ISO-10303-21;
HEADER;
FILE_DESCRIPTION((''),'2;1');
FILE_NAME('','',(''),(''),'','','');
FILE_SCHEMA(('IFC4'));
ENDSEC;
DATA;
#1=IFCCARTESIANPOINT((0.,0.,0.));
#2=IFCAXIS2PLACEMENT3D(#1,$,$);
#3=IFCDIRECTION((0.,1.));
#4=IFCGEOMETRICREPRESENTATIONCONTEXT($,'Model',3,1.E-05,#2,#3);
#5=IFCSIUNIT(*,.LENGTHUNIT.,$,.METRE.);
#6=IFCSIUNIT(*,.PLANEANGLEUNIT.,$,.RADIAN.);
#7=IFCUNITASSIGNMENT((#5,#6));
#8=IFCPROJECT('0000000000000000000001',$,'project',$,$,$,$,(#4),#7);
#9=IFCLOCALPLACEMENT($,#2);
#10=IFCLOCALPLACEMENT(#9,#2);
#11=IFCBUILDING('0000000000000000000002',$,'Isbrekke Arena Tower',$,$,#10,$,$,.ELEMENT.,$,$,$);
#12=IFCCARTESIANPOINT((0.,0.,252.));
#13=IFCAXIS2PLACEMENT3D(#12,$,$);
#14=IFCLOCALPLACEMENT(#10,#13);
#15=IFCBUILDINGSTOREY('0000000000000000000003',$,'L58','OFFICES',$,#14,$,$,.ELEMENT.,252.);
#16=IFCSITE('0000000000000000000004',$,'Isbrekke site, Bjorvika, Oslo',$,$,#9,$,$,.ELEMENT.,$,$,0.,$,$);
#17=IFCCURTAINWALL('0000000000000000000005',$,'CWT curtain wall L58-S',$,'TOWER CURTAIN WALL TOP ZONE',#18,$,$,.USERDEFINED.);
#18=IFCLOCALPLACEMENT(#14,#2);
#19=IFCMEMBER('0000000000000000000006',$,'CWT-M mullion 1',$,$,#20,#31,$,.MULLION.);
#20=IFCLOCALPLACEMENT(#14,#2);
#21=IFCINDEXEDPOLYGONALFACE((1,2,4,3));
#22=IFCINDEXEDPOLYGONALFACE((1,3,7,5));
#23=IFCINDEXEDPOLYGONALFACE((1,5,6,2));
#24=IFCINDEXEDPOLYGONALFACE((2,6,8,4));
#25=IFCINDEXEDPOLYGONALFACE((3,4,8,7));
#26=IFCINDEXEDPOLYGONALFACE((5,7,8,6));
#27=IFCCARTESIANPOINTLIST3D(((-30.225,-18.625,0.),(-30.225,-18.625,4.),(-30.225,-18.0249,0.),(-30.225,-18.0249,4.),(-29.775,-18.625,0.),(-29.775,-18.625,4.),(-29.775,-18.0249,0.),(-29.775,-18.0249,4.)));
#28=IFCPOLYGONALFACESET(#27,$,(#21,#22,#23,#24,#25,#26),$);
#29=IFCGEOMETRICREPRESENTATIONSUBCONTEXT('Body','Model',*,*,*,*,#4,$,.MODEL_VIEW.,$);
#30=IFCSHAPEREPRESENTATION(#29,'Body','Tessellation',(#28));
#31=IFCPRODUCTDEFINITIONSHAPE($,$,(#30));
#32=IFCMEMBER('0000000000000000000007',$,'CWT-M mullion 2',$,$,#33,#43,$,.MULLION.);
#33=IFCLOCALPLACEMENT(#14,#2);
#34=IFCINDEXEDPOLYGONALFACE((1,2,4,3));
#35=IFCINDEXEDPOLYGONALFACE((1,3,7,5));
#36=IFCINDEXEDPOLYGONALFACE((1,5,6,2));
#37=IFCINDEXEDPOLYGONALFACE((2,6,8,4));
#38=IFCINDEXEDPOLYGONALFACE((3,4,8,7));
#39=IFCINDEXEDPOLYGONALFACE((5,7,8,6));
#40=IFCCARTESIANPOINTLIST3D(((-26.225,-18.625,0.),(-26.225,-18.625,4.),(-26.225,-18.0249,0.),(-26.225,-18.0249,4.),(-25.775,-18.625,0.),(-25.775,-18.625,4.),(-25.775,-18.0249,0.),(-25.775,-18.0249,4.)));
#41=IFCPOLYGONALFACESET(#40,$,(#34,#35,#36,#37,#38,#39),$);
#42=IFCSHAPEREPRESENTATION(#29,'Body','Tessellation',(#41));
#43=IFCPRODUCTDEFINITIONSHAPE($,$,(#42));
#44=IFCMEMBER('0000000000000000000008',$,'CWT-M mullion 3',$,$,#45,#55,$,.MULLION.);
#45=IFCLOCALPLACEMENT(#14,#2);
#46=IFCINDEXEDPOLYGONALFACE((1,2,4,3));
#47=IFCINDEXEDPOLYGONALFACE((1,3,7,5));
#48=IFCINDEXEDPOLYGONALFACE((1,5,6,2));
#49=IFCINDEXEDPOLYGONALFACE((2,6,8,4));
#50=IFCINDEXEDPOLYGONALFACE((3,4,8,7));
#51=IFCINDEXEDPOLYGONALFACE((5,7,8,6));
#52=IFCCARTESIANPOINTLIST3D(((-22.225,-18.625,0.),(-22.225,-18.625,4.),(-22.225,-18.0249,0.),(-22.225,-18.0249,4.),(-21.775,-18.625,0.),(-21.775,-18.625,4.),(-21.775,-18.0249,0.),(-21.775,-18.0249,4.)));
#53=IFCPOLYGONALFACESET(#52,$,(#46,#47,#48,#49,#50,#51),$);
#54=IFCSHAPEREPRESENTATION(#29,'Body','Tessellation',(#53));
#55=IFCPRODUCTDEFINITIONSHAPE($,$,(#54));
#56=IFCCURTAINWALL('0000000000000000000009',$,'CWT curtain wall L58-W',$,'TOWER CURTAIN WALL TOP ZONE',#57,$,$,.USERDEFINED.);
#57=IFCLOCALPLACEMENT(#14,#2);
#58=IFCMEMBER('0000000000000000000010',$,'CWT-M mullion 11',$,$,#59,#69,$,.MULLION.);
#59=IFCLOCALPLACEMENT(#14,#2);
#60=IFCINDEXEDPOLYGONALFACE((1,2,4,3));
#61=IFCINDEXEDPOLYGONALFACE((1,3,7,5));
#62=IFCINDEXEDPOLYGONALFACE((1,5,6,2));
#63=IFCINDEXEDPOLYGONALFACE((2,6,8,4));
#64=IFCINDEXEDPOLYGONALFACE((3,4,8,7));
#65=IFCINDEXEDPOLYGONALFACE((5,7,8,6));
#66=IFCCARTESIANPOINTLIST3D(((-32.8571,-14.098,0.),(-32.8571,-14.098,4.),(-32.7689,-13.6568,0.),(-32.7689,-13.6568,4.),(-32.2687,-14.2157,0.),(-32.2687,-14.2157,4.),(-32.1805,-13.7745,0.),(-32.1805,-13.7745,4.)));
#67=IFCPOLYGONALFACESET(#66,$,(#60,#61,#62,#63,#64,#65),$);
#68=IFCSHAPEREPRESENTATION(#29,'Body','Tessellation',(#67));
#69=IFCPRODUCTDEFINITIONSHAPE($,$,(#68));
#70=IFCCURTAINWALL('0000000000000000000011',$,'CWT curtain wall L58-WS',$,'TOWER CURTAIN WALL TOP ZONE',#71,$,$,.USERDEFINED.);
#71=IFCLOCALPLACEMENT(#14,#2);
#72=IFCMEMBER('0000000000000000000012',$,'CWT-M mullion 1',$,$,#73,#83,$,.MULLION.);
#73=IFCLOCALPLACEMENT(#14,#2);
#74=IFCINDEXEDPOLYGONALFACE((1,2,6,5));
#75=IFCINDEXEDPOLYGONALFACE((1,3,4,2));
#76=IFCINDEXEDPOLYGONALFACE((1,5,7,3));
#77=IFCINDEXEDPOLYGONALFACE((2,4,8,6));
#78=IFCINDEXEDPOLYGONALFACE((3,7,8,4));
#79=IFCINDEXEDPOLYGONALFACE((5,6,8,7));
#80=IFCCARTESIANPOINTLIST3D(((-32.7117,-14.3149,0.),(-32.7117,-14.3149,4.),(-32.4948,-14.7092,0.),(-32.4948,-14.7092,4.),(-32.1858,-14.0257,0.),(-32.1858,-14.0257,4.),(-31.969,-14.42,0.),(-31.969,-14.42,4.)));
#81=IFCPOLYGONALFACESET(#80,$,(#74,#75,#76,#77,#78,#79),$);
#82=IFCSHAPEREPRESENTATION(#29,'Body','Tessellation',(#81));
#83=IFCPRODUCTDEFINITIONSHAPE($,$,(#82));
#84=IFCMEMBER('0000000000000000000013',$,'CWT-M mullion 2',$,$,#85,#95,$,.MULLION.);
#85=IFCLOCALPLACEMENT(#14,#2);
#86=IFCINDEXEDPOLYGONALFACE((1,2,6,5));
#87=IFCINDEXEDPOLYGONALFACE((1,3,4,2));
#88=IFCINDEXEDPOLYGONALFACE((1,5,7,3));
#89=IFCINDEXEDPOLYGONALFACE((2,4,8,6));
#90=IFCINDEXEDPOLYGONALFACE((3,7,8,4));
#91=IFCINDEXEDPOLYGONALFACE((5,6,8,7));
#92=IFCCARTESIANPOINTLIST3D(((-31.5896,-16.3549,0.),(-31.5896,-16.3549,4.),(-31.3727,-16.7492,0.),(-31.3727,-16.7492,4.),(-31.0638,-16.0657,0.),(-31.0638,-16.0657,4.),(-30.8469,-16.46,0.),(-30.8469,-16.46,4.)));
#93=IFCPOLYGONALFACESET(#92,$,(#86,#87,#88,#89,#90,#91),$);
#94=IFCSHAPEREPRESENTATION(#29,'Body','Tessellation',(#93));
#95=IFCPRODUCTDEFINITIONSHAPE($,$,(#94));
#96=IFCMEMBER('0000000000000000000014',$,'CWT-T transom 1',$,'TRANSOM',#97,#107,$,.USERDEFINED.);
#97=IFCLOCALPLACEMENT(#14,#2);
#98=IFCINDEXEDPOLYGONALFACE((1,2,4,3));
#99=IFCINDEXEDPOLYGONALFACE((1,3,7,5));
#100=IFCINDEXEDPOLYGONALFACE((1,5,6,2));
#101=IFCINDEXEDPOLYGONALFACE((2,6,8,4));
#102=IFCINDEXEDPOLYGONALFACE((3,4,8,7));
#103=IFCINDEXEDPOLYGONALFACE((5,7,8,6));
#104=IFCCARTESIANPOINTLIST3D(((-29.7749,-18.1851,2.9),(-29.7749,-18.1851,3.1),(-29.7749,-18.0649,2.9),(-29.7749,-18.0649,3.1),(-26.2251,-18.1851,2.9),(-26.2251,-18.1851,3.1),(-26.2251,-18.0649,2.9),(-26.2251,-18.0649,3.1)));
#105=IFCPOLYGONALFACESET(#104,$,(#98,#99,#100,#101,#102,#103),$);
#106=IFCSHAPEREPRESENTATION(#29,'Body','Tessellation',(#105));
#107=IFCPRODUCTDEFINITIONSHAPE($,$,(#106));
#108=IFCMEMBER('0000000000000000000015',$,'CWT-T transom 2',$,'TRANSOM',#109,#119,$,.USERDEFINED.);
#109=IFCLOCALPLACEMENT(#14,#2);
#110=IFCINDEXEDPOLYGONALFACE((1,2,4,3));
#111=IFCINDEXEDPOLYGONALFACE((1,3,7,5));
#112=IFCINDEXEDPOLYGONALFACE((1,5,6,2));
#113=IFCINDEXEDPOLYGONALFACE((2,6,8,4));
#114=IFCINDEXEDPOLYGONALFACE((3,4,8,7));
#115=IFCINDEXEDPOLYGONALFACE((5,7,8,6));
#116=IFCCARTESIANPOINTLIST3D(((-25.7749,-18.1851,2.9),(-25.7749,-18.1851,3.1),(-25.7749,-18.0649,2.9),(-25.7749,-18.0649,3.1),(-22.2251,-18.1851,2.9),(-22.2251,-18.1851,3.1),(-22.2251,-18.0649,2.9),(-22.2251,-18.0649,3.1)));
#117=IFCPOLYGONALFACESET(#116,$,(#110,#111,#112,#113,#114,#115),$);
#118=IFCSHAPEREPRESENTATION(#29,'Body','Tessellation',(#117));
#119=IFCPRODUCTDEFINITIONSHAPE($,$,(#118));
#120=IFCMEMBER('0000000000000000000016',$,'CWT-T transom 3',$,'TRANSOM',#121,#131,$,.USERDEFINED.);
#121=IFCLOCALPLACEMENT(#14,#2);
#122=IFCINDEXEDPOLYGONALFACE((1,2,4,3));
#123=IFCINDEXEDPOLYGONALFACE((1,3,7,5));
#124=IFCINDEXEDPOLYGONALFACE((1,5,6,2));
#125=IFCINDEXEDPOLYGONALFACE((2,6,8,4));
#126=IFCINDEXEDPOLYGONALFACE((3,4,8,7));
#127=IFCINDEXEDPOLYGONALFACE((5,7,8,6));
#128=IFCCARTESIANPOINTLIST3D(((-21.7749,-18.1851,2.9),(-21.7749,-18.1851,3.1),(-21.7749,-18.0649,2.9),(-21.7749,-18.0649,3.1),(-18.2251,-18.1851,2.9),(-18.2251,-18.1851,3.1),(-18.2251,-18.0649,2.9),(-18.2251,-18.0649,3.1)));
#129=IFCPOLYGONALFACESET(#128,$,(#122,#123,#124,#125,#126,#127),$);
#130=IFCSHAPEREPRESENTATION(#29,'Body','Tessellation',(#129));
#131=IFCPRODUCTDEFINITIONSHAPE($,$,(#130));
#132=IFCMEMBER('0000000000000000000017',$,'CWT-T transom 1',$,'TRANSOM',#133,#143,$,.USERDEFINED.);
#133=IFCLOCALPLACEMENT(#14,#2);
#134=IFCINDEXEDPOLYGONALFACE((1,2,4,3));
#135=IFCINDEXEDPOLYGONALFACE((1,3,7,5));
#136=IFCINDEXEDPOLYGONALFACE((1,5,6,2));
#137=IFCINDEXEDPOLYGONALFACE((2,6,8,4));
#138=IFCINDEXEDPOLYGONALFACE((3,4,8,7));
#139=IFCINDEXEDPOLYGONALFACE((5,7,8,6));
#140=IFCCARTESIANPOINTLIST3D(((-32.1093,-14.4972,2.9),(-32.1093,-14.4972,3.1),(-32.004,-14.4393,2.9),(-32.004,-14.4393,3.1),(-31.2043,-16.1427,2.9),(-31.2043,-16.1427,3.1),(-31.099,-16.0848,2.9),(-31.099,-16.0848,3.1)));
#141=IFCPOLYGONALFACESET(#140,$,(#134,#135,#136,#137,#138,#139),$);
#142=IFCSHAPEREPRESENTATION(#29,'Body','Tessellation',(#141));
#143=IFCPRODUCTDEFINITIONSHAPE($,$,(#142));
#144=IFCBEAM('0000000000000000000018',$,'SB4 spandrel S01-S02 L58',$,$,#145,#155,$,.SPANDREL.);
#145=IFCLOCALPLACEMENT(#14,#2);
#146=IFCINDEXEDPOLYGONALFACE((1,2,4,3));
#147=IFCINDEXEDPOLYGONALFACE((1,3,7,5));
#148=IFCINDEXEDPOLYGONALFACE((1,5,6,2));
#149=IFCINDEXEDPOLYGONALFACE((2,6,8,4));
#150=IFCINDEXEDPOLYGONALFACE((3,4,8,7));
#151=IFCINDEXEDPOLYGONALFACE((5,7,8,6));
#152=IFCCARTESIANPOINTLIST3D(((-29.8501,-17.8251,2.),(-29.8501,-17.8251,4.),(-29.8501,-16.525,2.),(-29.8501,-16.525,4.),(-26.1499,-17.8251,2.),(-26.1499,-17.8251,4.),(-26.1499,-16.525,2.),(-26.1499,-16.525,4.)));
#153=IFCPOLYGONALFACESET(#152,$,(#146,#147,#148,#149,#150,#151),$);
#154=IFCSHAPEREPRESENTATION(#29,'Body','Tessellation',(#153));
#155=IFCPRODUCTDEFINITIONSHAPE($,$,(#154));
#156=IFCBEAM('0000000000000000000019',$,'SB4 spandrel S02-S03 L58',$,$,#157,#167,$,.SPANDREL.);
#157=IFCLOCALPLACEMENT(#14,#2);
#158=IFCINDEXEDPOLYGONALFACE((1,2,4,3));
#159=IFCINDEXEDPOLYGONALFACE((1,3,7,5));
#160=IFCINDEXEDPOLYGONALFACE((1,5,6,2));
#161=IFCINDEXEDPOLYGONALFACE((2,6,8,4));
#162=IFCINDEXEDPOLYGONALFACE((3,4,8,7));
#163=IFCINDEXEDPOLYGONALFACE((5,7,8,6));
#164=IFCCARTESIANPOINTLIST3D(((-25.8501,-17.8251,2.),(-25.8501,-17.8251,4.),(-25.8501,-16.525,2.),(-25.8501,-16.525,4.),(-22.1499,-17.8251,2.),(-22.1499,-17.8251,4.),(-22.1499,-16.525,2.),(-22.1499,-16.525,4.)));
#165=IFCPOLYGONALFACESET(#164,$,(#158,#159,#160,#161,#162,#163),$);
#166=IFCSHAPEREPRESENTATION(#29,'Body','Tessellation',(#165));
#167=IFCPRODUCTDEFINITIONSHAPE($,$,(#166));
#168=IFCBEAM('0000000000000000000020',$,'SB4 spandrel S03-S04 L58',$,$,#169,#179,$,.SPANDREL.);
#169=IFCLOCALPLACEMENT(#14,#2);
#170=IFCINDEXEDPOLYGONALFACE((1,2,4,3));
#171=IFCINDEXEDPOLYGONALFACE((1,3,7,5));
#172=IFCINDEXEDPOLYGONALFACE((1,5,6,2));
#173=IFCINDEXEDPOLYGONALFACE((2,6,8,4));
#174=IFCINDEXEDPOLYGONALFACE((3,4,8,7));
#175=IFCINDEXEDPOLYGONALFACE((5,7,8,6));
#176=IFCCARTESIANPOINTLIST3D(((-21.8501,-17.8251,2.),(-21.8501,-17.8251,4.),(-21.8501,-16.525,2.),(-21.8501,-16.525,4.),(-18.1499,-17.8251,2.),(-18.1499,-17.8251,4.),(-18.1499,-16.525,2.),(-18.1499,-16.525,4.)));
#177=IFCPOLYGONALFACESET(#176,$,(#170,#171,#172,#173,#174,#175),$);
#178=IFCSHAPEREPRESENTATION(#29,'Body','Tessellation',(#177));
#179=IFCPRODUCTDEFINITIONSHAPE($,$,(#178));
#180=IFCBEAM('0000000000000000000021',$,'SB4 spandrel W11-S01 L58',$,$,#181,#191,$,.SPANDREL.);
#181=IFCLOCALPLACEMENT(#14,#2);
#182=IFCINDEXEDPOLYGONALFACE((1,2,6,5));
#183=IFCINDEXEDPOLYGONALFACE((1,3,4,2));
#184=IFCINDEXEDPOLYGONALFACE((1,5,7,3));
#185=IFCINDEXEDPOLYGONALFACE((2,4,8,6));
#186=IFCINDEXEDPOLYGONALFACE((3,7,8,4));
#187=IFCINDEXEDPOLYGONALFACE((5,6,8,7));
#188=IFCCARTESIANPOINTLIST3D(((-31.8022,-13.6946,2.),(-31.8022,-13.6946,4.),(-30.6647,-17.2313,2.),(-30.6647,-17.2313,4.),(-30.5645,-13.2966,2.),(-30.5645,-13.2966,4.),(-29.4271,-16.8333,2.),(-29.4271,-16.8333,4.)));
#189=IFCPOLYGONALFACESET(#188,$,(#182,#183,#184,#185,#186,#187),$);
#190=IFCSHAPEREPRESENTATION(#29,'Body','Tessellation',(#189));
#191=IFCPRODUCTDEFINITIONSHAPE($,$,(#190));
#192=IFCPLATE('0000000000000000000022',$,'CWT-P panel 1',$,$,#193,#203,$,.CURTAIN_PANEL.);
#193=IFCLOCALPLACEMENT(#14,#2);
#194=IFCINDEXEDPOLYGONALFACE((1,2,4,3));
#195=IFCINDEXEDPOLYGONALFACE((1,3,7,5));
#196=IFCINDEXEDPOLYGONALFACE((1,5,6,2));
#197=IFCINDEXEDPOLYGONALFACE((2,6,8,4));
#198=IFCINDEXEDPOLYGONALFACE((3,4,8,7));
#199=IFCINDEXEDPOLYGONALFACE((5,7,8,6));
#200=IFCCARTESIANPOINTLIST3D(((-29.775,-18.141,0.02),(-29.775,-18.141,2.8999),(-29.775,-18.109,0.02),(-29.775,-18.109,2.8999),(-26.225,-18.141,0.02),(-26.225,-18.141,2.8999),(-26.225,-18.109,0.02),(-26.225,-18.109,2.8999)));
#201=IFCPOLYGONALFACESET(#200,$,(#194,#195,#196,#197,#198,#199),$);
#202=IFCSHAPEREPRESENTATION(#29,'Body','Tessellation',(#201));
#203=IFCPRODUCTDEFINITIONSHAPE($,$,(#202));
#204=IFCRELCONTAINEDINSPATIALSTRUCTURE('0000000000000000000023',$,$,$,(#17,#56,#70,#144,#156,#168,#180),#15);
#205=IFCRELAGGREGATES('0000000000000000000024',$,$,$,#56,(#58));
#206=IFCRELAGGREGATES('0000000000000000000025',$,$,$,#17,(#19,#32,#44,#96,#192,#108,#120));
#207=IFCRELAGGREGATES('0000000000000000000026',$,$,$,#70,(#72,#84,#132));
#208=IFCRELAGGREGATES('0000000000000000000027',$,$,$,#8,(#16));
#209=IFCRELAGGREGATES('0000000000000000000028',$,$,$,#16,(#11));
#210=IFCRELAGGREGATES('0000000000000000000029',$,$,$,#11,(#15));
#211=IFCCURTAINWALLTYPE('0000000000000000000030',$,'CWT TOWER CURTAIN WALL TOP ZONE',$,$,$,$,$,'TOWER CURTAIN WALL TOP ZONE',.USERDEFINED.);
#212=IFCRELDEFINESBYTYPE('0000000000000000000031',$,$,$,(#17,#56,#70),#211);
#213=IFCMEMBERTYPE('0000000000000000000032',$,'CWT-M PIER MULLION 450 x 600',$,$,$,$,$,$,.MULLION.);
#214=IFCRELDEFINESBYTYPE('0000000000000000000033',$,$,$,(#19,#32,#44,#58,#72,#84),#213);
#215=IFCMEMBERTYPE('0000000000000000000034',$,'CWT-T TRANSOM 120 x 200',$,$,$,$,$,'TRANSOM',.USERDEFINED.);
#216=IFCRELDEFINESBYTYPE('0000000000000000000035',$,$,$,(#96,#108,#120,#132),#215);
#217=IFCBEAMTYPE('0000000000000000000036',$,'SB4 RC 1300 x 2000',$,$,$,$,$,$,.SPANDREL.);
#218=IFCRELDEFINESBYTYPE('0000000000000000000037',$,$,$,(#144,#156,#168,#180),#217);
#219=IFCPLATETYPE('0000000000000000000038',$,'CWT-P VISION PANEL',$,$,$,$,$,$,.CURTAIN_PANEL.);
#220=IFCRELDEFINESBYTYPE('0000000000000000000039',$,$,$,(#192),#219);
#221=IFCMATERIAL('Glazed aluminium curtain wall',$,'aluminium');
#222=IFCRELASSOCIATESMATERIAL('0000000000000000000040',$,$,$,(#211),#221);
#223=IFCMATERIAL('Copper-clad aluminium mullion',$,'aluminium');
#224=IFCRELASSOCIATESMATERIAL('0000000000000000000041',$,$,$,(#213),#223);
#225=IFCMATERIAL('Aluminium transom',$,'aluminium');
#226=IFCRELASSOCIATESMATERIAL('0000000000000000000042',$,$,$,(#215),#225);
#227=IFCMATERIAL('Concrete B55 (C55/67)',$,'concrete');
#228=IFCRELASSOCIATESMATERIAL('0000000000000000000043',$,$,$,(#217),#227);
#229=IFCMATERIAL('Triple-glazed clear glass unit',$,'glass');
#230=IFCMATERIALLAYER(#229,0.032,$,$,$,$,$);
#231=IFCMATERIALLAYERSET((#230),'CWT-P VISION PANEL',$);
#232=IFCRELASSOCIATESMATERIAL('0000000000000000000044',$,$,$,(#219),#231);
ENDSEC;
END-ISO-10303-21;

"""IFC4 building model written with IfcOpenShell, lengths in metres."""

from ifc_helpers import new_model, si_unit, direction, frame, origin, origin_2d, place, context, subcontext, project, spatial, rectangle, extrude, material, layer, layer_set, material_profile, profile_set, type_object, element, aggregate, save


model = new_model("IFC4")

# Units and contexts
model_context = context("Model", 3, precision=1e-05, world=origin(), true_north=direction((0.0, 1.0)))
body_context = subcontext(model_context, "Body", "Model", "MODEL_VIEW")
ifc_project = project(units=[si_unit("LENGTHUNIT", "METRE"), si_unit("PLANEANGLEUNIT", "RADIAN")], contexts=[model_context])

# Site, building, storey
site_placement = place(None, origin())
site = spatial("IfcSite", under=ifc_project, at=site_placement, Name="Isbrekke site, Bjorvika, Oslo", CompositionType="ELEMENT", RefElevation=0.0)
building_placement = place(site_placement, origin())
building = spatial("IfcBuilding", under=site, at=building_placement, Name="Isbrekke Arena Tower", CompositionType="ELEMENT")
storey_placement = place(building_placement, frame((0.0, 0.0, 252.0)))
storey = spatial("IfcBuildingStorey", under=building, at=storey_placement, Name="L58", Description="OFFICES", CompositionType="ELEMENT", Elevation=252.0)

# Curtain wall, members
ifc_material_1 = material(Name="Glazed aluminium curtain wall", Category="aluminium")
curtain_wall_type = type_object("IfcCurtainWallType", Name="CWT TOWER CURTAIN WALL TOP ZONE", ElementType="TOWER CURTAIN WALL TOP ZONE", PredefinedType="USERDEFINED", material=ifc_material_1)
curtain_wall_1_placement = place(storey_placement, origin())
curtain_wall_1 = element("IfcCurtainWall", 1, at=curtain_wall_1_placement, inside=storey, type_object=curtain_wall_type, Name="CWT curtain wall L58-S", ObjectType="TOWER CURTAIN WALL TOP ZONE", PredefinedType="USERDEFINED")
ifc_material_2 = material(Name="Copper-clad aluminium mullion", Category="aluminium")
ifc_material_profile_1 = material_profile(ifc_material_2, rectangle(XDim=0.45, YDim=0.6001, at=origin_2d()), Name="PIER 450X600")
ifc_profile_set_1 = profile_set([ifc_material_profile_1], Name="Copper-clad aluminium mullion")
member_type_1 = type_object("IfcMemberType", Name="CWT-M PIER MULLION 450 x 600", PredefinedType="MULLION", material=ifc_profile_set_1)
member_1_placement = place(storey_placement, frame((-30.0, -18.325, 0.0), z_axis=(0.0, 0.0, 1.0), x_axis=(1.0, 0.0, 0.0)))
member_1 = element("IfcMember", 2, at=member_1_placement, type_object=member_type_1, Name="CWT-M mullion 1", PredefinedType="MULLION", context=body_context, shape_type="SweptSolid", body=[
    extrude(rectangle(XDim=0.45, YDim=0.6001, at=origin_2d()), origin(), (0.0, 0.0, 1.0), 4.0),
])
member_2_placement = place(storey_placement, frame((-26.0, -18.325, 0.0), z_axis=(0.0, 0.0, 1.0), x_axis=(1.0, 0.0, 0.0)))
member_2 = element("IfcMember", 3, at=member_2_placement, type_object=member_type_1, Name="CWT-M mullion 2", PredefinedType="MULLION", context=body_context, shape_type="SweptSolid", body=[
    extrude(rectangle(XDim=0.45, YDim=0.6001, at=origin_2d()), origin(), (0.0, 0.0, 1.0), 4.0),
])
member_3_placement = place(storey_placement, frame((-22.0, -18.325, 0.0), z_axis=(0.0, 0.0, 1.0), x_axis=(1.0, 0.0, 0.0)))
member_3 = element("IfcMember", 4, at=member_3_placement, type_object=member_type_1, Name="CWT-M mullion 3", PredefinedType="MULLION", context=body_context, shape_type="SweptSolid", body=[
    extrude(rectangle(XDim=0.45, YDim=0.6001, at=origin_2d()), origin(), (0.0, 0.0, 1.0), 4.0),
])

# Curtain wall, member
curtain_wall_2_placement = place(storey_placement, origin())
curtain_wall_2 = element("IfcCurtainWall", 5, at=curtain_wall_2_placement, inside=storey, type_object=curtain_wall_type, Name="CWT curtain wall L58-W", ObjectType="TOWER CURTAIN WALL TOP ZONE", PredefinedType="USERDEFINED")
member_4_placement = place(storey_placement, frame((-32.5188, -13.9363, 0.0), z_axis=(0.0, 0.0, 1.0), x_axis=(-0.196116, -0.980581, 0.0)))
member_4 = element("IfcMember", 6, at=member_4_placement, type_object=member_type_1, Name="CWT-M mullion 11", PredefinedType="MULLION", context=body_context, shape_type="SweptSolid", body=[
    extrude(rectangle(XDim=0.45, YDim=0.6001, at=origin_2d()), origin(), (0.0, 0.0, 1.0), 4.0),
])
aggregate(curtain_wall_2, [member_4])

# Curtain wall, members
curtain_wall_3_placement = place(storey_placement, origin())
curtain_wall_3 = element("IfcCurtainWall", 7, at=curtain_wall_3_placement, inside=storey, type_object=curtain_wall_type, Name="CWT curtain wall L58-WS", ObjectType="TOWER CURTAIN WALL TOP ZONE", PredefinedType="USERDEFINED")
member_5_placement = place(storey_placement, frame((-32.3403, -14.3674, 0.0), z_axis=(0.0, 0.0, 1.0), x_axis=(0.481919, -0.876216, 0.0)))
member_5 = element("IfcMember", 8, at=member_5_placement, type_object=member_type_1, Name="CWT-M mullion 1", PredefinedType="MULLION", context=body_context, shape_type="SweptSolid", body=[
    extrude(rectangle(XDim=0.45, YDim=0.6001, at=origin_2d()), origin(), (0.0, 0.0, 1.0), 4.0),
])
member_6_placement = place(storey_placement, frame((-31.2183, -16.4075, 0.0), z_axis=(0.0, 0.0, 1.0), x_axis=(0.481919, -0.876216, 0.0)))
member_6 = element("IfcMember", 9, at=member_6_placement, type_object=member_type_1, Name="CWT-M mullion 2", PredefinedType="MULLION", context=body_context, shape_type="SweptSolid", body=[
    extrude(rectangle(XDim=0.45, YDim=0.6001, at=origin_2d()), origin(), (0.0, 0.0, 1.0), 4.0),
])

# Members
ifc_material_3 = material(Name="Aluminium transom", Category="aluminium")
ifc_material_profile_2 = material_profile(ifc_material_3, rectangle(XDim=0.1201, YDim=0.2, at=origin_2d()), Name="TRANSOM 120X200")
ifc_profile_set_2 = profile_set([ifc_material_profile_2], Name="Aluminium transom")
member_type_2 = type_object("IfcMemberType", Name="CWT-T TRANSOM 120 x 200", ElementType="TRANSOM", PredefinedType="USERDEFINED", material=ifc_profile_set_2)
member_7_placement = place(storey_placement, frame((-29.7749, -18.125, 3.0), z_axis=(1.0, 0.0, 0.0), x_axis=(0.0, 1.0, 0.0)))
member_7 = element("IfcMember", 10, at=member_7_placement, type_object=member_type_2, Name="CWT-T transom 1", ObjectType="TRANSOM", PredefinedType="USERDEFINED", context=body_context, shape_type="SweptSolid", body=[
    extrude(rectangle(XDim=0.1201, YDim=0.2, at=origin_2d()), origin(), (0.0, 0.0, 1.0), 3.5498),
])
member_8_placement = place(storey_placement, frame((-25.7749, -18.125, 3.0), z_axis=(1.0, 0.0, 0.0), x_axis=(0.0, 1.0, 0.0)))
member_8 = element("IfcMember", 11, at=member_8_placement, type_object=member_type_2, Name="CWT-T transom 2", ObjectType="TRANSOM", PredefinedType="USERDEFINED", context=body_context, shape_type="SweptSolid", body=[
    extrude(rectangle(XDim=0.1201, YDim=0.2, at=origin_2d()), origin(), (0.0, 0.0, 1.0), 3.5498),
])
member_9_placement = place(storey_placement, frame((-21.7749, -18.125, 3.0), z_axis=(1.0, 0.0, 0.0), x_axis=(0.0, 1.0, 0.0)))
member_9 = element("IfcMember", 12, at=member_9_placement, type_object=member_type_2, Name="CWT-T transom 3", ObjectType="TRANSOM", PredefinedType="USERDEFINED", context=body_context, shape_type="SweptSolid", body=[
    extrude(rectangle(XDim=0.1201, YDim=0.2, at=origin_2d()), origin(), (0.0, 0.0, 1.0), 3.5498),
])
member_10_placement = place(storey_placement, frame((-32.0566, -14.4683, 3.0), z_axis=(0.481919, -0.876216, 0.0), x_axis=(0.876216, 0.481919, 0.0)))
member_10 = element("IfcMember", 13, at=member_10_placement, type_object=member_type_2, Name="CWT-T transom 1", ObjectType="TRANSOM", PredefinedType="USERDEFINED", context=body_context, shape_type="SweptSolid", body=[
    extrude(rectangle(XDim=0.1201, YDim=0.2, at=origin_2d()), origin(), (0.0, 0.0, 1.0), 1.8779),
])

# Beams
ifc_material_4 = material(Name="Concrete B55 (C55/67)", Category="concrete")
ifc_material_profile_3 = material_profile(ifc_material_4, rectangle(XDim=1.3, YDim=2.0, at=origin_2d()), Name="RC 1300x2000")
ifc_profile_set_3 = profile_set([ifc_material_profile_3], Name="Concrete B55 (C55/67)")
beam_type_1 = type_object("IfcBeamType", Name="SB4 RC 1300 x 2000", PredefinedType="SPANDREL", material=ifc_profile_set_3)
for number, where, z_axis, x_axis, name in (
    (14, (-29.8501, -17.175, 3.0), (1.0, 0.0, 0.0), (0.0, 1.0, 0.0), "SB4 spandrel S01-S02 L58"),
    (15, (-25.8501, -17.175, 3.0), (1.0, 0.0, 0.0), (0.0, 1.0, 0.0), "SB4 spandrel S02-S03 L58"),
    (16, (-21.8501, -17.175, 3.0), (1.0, 0.0, 0.0), (0.0, 1.0, 0.0), "SB4 spandrel S03-S04 L58"),
):
    element("IfcBeam", number, at=place(storey_placement, frame(where, z_axis=z_axis, x_axis=x_axis)), inside=storey, type_object=beam_type_1, Name=name, PredefinedType="SPANDREL", context=body_context, shape_type="SweptSolid", body=[
        extrude(rectangle(XDim=1.3, YDim=2.0, at=origin_2d()), origin(), (0.0, 0.0, 1.0), 3.7002),
    ])
beam_1_placement = place(storey_placement, frame((-31.1833, -13.4956, 3.0), z_axis=(0.306175, -0.951975, 0.0), x_axis=(0.951975, 0.306175, 0.0)))
element("IfcBeam", 17, at=beam_1_placement, inside=storey, type_object=beam_type_1, Name="SB4 spandrel W11-S01 L58", PredefinedType="SPANDREL", context=body_context, shape_type="SweptSolid", body=[
    extrude(rectangle(XDim=1.3, YDim=2.0, at=origin_2d()), origin(), (0.0, 0.0, 1.0), 3.7151),
])

# Plate
ifc_material_5 = material(Name="Triple-glazed clear glass unit", Category="glass")
ifc_layer_1 = layer(ifc_material_5, 0.032)
ifc_layer_set_1 = layer_set([ifc_layer_1], Name="CWT-P VISION PANEL")
plate_type = type_object("IfcPlateType", Name="CWT-P VISION PANEL", PredefinedType="CURTAIN_PANEL", material=ifc_layer_set_1)
plate_1_placement = place(storey_placement, frame((-28.0, -18.125, 0.02), z_axis=(0.0, 0.0, 1.0), x_axis=(1.0, 0.0, 0.0)))
plate_1 = element("IfcPlate", 18, at=plate_1_placement, type_object=plate_type, Name="CWT-P panel 1", PredefinedType="CURTAIN_PANEL", context=body_context, shape_type="SweptSolid", body=[
    extrude(rectangle(XDim=3.55, YDim=0.032, at=origin_2d()), origin(), (0.0, 0.0, 1.0), 2.8799),
])
aggregate(curtain_wall_1, [member_1, member_2, member_3, member_7, plate_1, member_8, member_9])
aggregate(curtain_wall_3, [member_5, member_6, member_10])

save(model, "model.ifc")
